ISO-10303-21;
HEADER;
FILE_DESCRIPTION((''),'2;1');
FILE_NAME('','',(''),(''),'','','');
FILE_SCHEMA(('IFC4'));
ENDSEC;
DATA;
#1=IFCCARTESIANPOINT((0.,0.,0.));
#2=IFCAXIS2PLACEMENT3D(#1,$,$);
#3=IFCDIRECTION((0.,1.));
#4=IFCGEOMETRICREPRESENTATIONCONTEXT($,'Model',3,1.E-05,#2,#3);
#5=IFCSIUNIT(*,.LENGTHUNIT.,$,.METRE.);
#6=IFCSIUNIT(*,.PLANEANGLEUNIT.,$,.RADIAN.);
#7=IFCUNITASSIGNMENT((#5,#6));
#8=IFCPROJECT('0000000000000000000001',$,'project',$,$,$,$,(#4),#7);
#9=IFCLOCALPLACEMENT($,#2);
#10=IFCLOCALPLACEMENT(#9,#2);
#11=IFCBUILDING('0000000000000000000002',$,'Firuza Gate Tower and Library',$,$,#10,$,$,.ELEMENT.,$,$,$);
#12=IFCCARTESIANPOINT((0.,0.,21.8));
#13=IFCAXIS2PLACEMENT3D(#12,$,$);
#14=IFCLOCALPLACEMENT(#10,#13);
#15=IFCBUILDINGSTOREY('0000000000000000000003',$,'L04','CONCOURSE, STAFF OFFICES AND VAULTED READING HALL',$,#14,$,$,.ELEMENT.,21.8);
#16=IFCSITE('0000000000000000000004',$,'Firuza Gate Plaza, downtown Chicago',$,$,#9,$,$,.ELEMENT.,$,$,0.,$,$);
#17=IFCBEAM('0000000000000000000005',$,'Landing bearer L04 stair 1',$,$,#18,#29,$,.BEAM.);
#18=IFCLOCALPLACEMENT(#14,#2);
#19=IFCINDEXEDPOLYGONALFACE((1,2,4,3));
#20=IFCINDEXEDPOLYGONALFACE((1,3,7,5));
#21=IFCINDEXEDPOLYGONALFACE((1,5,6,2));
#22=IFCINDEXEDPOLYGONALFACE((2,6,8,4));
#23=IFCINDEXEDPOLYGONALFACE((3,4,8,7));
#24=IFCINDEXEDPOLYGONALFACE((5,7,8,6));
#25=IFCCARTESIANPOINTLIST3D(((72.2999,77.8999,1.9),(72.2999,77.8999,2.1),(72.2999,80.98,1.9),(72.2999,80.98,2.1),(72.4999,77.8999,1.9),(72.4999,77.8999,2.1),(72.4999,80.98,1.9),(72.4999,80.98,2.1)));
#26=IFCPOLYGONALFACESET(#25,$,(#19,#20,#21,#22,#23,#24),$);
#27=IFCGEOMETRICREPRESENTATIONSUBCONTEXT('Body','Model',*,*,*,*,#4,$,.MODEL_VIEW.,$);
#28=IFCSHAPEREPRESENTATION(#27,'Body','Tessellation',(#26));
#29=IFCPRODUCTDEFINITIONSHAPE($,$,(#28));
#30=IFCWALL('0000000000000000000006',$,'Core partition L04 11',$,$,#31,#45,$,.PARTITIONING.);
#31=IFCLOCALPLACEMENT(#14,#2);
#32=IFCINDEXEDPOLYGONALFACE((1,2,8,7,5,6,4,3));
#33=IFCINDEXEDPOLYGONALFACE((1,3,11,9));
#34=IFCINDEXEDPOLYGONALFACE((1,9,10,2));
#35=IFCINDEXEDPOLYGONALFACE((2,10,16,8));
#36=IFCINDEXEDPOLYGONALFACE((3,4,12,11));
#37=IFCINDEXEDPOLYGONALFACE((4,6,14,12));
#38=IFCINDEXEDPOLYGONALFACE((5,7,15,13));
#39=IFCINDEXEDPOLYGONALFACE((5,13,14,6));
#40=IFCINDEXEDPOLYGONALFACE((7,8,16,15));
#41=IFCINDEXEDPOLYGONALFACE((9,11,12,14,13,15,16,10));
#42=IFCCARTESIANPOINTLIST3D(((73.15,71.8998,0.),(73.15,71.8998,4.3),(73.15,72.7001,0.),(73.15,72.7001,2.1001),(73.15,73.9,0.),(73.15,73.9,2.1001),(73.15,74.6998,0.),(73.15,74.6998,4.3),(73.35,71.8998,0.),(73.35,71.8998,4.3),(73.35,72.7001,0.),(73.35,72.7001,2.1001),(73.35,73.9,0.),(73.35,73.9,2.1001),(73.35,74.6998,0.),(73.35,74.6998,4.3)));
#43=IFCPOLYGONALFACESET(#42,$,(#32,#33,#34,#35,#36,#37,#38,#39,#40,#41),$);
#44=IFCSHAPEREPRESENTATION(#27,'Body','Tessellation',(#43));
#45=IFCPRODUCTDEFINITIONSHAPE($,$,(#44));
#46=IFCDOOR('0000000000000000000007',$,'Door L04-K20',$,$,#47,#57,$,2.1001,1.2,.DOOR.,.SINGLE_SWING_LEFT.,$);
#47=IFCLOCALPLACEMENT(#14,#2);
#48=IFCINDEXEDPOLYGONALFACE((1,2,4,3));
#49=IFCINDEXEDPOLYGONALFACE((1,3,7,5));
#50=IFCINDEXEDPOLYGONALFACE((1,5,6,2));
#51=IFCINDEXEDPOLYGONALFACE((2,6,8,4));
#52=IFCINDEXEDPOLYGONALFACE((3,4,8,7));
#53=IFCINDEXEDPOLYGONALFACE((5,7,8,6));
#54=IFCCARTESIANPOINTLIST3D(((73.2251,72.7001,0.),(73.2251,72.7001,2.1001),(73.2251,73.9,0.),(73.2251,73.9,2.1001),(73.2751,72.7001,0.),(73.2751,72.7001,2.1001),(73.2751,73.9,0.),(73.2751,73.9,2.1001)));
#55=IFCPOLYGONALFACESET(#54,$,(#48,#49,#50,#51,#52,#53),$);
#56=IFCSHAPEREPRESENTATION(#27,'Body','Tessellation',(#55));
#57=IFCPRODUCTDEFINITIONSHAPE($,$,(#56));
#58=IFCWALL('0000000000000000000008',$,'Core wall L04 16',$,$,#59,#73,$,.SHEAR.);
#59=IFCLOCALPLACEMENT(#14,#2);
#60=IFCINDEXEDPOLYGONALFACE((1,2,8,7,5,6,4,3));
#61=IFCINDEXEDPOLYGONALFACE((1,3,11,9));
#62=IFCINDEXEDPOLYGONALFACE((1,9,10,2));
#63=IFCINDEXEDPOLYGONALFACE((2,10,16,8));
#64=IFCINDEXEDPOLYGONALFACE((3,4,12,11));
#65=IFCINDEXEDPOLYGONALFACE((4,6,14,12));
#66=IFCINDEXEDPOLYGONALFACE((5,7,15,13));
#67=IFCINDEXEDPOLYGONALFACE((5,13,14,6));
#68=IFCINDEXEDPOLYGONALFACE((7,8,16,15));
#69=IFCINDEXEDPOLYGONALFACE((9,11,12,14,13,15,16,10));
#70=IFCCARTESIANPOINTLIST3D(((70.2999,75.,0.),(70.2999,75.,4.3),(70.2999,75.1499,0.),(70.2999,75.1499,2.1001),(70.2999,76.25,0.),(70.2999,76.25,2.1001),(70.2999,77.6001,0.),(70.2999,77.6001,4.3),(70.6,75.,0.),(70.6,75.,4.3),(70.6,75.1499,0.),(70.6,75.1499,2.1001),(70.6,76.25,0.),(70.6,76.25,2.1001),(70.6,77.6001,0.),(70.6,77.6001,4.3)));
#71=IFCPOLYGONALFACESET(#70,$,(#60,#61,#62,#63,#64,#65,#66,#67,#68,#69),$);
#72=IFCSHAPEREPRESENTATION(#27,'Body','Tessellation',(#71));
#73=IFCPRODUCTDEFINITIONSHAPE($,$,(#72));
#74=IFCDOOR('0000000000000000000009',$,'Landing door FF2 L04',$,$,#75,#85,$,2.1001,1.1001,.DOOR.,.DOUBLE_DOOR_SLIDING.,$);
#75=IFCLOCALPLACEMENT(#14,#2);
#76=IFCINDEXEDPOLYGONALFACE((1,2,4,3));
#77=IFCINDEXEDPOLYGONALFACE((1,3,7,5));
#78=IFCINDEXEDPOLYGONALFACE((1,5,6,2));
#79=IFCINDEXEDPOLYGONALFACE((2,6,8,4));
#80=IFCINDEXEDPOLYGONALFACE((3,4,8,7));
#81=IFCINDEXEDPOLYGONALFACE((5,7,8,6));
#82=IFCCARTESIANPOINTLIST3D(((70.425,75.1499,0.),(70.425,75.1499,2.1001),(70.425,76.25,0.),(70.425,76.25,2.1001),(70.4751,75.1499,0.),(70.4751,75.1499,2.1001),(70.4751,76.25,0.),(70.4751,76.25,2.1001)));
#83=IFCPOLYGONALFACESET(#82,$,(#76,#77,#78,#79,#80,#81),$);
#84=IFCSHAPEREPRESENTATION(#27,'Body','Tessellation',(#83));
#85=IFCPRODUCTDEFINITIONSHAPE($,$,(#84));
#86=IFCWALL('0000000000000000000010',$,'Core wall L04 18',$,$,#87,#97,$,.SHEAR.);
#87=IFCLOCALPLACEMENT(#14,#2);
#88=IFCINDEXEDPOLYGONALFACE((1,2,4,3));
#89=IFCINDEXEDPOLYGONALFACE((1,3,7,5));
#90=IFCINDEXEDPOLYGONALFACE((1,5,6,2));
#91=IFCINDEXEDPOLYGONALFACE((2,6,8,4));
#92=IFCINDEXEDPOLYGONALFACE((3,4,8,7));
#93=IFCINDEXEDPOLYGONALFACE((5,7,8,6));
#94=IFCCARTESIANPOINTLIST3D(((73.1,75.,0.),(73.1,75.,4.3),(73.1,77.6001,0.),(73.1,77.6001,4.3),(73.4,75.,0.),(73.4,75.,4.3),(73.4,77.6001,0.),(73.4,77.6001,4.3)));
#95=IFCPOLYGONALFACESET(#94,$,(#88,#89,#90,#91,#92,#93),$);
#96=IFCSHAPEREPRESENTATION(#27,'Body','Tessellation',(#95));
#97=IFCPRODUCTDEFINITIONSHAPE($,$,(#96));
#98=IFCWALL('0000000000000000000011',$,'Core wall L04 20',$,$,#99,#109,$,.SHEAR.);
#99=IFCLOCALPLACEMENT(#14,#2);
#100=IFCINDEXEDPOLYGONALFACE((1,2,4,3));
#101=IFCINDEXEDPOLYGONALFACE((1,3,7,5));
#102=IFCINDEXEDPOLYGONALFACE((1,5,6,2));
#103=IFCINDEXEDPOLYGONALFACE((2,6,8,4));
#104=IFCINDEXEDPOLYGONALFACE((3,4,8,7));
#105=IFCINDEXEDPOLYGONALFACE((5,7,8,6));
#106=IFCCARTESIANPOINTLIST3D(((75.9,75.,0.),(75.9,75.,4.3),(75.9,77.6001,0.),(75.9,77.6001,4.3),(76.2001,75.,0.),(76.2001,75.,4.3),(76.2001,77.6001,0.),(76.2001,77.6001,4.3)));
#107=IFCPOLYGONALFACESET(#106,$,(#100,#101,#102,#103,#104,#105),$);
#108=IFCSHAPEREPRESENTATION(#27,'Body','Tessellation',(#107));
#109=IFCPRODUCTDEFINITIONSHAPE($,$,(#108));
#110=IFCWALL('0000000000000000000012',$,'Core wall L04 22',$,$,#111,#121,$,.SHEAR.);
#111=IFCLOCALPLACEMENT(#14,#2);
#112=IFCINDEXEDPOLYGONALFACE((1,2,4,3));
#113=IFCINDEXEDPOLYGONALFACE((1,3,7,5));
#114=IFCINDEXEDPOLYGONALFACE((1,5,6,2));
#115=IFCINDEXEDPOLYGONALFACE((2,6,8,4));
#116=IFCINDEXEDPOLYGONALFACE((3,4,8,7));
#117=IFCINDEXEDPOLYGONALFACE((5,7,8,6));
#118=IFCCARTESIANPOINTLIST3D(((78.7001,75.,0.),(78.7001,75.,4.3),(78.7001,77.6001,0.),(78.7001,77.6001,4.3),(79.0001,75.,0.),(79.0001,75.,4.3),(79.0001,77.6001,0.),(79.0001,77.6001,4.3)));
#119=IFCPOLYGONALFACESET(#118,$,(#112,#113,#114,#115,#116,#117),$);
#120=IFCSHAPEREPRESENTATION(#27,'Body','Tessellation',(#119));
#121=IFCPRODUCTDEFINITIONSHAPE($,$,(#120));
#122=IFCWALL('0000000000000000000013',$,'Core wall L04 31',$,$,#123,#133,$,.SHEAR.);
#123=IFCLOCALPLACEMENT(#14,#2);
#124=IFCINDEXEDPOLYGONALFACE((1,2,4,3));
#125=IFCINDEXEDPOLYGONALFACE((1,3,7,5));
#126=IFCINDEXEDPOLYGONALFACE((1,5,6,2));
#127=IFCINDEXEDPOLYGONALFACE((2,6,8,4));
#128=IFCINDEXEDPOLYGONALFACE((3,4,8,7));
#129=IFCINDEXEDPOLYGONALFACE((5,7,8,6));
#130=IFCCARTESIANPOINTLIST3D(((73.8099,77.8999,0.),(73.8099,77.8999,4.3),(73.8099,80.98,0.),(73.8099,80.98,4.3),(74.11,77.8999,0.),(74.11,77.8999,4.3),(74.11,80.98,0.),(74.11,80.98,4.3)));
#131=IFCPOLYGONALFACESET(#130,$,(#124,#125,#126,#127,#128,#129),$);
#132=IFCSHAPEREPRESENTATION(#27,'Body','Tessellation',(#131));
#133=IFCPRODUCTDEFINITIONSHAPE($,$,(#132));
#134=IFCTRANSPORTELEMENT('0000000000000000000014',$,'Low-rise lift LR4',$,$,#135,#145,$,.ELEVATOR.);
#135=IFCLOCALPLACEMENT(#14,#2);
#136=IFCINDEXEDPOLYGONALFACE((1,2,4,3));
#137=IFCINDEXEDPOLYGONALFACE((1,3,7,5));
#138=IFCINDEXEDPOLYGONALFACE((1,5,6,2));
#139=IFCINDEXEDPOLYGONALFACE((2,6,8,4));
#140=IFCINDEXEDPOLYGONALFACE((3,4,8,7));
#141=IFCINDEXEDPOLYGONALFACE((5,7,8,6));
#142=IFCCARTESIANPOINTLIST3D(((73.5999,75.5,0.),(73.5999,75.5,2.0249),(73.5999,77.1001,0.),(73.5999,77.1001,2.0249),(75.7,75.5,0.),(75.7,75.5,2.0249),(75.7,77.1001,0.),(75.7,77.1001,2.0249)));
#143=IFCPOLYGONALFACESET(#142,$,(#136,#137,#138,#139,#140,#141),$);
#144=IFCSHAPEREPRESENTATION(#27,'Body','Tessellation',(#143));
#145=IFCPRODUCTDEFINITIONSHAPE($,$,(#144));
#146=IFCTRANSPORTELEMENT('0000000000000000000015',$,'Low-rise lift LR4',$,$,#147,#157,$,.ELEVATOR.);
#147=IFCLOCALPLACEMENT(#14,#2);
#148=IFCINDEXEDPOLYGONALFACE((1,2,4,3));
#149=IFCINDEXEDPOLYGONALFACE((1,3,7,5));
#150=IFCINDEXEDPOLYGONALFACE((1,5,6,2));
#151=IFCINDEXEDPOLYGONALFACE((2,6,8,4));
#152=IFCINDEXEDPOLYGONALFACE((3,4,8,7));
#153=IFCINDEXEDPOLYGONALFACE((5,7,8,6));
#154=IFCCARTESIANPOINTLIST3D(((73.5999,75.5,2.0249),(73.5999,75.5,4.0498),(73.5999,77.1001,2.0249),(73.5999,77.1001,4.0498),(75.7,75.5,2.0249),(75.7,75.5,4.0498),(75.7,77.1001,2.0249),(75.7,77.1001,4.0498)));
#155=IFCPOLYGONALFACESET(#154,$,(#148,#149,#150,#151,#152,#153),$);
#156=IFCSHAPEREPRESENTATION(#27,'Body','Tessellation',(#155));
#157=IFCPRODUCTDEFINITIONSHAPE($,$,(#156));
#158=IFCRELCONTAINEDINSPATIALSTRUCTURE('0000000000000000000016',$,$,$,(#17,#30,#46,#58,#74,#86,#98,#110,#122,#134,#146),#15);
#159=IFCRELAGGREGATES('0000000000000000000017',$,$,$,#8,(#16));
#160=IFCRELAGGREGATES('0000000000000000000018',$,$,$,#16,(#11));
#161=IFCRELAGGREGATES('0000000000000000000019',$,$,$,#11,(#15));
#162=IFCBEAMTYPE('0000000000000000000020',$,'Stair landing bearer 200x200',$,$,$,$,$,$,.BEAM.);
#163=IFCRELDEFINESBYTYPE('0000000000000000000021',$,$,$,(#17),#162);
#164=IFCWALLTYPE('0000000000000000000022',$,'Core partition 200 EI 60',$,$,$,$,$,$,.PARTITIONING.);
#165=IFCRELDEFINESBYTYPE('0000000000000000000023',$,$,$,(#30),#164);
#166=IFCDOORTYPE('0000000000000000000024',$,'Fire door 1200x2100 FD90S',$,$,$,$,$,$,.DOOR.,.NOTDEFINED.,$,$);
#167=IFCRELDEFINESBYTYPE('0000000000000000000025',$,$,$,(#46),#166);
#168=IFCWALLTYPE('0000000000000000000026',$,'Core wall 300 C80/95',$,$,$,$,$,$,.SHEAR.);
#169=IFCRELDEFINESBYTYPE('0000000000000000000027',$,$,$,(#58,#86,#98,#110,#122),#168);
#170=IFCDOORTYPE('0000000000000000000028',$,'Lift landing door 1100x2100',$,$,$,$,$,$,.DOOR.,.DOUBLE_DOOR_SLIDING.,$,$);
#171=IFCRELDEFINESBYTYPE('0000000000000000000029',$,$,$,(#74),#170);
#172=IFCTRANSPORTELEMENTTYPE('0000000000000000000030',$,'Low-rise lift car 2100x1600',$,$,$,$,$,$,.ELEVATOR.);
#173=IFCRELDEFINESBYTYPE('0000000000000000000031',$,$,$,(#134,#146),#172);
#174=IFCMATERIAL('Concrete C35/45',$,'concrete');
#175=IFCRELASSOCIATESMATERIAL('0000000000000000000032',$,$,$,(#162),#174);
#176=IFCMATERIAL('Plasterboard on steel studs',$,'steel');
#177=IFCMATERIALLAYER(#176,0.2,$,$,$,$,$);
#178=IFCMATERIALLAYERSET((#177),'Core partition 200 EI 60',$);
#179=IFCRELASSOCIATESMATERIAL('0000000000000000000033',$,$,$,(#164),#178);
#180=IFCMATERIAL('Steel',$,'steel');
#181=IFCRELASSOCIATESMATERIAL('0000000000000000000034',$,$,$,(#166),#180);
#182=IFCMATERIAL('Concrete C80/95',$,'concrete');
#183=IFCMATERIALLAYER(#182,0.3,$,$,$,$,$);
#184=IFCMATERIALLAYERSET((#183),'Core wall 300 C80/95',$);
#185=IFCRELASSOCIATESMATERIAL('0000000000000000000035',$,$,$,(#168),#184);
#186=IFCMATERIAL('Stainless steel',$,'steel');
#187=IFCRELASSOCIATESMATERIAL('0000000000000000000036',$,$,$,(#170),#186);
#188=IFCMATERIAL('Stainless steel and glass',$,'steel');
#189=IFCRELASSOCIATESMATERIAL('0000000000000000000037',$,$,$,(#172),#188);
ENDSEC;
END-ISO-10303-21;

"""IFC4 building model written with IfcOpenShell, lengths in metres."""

from ifc_helpers import new_model, si_unit, direction, frame, frame_2d, origin, origin_2d, place, context, subcontext, project, spatial, rectangle, extrude, material, layer, layer_set, material_profile, profile_set, type_object, element, fill, save


model = new_model("IFC4")

# Units and contexts
model_context = context("Model", 3, precision=1e-05, world=origin(), true_north=direction((0.0, 1.0)))
body_context = subcontext(model_context, "Body", "Model", "MODEL_VIEW")
ifc_project = project(units=[si_unit("LENGTHUNIT", "METRE"), si_unit("PLANEANGLEUNIT", "RADIAN")], contexts=[model_context])

# Site, building, storey
site_placement = place(None, origin())
site = spatial("IfcSite", under=ifc_project, at=site_placement, Name="Firuza Gate Plaza, downtown Chicago", CompositionType="ELEMENT", RefElevation=0.0)
building_placement = place(site_placement, origin())
building = spatial("IfcBuilding", under=site, at=building_placement, Name="Firuza Gate Tower and Library", CompositionType="ELEMENT")
storey_placement = place(building_placement, frame((0.0, 0.0, 21.8)))
storey = spatial("IfcBuildingStorey", under=building, at=storey_placement, Name="L04", Description="CONCOURSE, STAFF OFFICES AND VAULTED READING HALL", CompositionType="ELEMENT", Elevation=21.8)

# Beam
ifc_material_1 = material(Name="Concrete C35/45", Category="concrete")
ifc_material_profile = material_profile(ifc_material_1, rectangle(XDim=0.2, YDim=0.2, at=origin_2d()))
ifc_profile_set = profile_set([ifc_material_profile], Name="Concrete C35/45")
beam_type = type_object("IfcBeamType", Name="Stair landing bearer 200x200", PredefinedType="BEAM", material=ifc_profile_set)
beam_placement = place(storey_placement, frame((72.3999, 77.8999, 2.0), z_axis=(0.0, 1.0, 0.0), x_axis=(-1.0, 0.0, 0.0)))
element("IfcBeam", 1, at=beam_placement, inside=storey, type_object=beam_type, Name="Landing bearer L04 stair 1", PredefinedType="BEAM", context=body_context, shape_type="SweptSolid", body=[
    extrude(rectangle(XDim=0.2, YDim=0.2, at=origin_2d()), origin(), (0.0, 0.0, 1.0), 3.0801),
])

# Walls, openings, doors
ifc_material_2 = material(Name="Plasterboard on steel studs", Category="steel")
ifc_layer_1 = layer(ifc_material_2, 0.2)
ifc_layer_set_1 = layer_set([ifc_layer_1], Name="Core partition 200 EI 60")
wall_type_1 = type_object("IfcWallType", Name="Core partition 200 EI 60", PredefinedType="PARTITIONING", material=ifc_layer_set_1)
wall_1_placement = place(storey_placement, frame((73.25, 71.8999, 0.0), z_axis=(0.0, 0.0, 1.0), x_axis=(0.0, 1.0, 0.0)))
wall_1 = element("IfcWall", 2, at=wall_1_placement, inside=storey, type_object=wall_type_1, Name="Core partition L04 11", PredefinedType="PARTITIONING", context=body_context, shape_type="SweptSolid", body=[
    extrude(rectangle(XDim=2.8, YDim=0.2, at=frame_2d((1.3999, 0.0))), origin(), (0.0, 0.0, 1.0), 4.3),
])
opening_1_placement = place(wall_1_placement, frame((0.8, 0.0, 0.0)))
opening_1 = element("IfcOpeningElement", 3, at=opening_1_placement, cuts=wall_1, PredefinedType="OPENING", context=body_context, shape_type="SweptSolid", body=[
    extrude(rectangle(XDim=1.2, YDim=2.1001, at=frame_2d((0.6001, 1.05))), frame((0.0, 0.1099, 0.0), z_axis=(0.0, -1.0, 0.0), x_axis=(1.0, 0.0, 0.0)), (0.0, 0.0, 1.0), 0.22),
])
ifc_material_3 = material(Name="Steel", Category="steel")
door_type_1 = type_object("IfcDoorType", Name="Fire door 1200x2100 FD90S", OperationType="NOTDEFINED", PredefinedType="DOOR", material=ifc_material_3)
door_1_placement = place(opening_1_placement, origin())
door_1 = element("IfcDoor", 4, at=door_1_placement, inside=storey, type_object=door_type_1, Name="Door L04-K20", OperationType="SINGLE_SWING_LEFT", OverallHeight=2.1001, OverallWidth=1.2, PredefinedType="DOOR", context=body_context, shape_type="SweptSolid", body=[
    extrude(rectangle(XDim=1.2, YDim=2.1001, at=frame_2d((0.6001, 1.05))), frame((0.0, 0.0249, 0.0), z_axis=(0.0, -1.0, 0.0), x_axis=(1.0, 0.0, 0.0)), (0.0, 0.0, 1.0), 0.05),
])
fill(opening_1, door_1)
ifc_material_4 = material(Name="Concrete C80/95", Category="concrete")
ifc_layer_2 = layer(ifc_material_4, 0.3)
ifc_layer_set_2 = layer_set([ifc_layer_2], Name="Core wall 300 C80/95")
wall_type_2 = type_object("IfcWallType", Name="Core wall 300 C80/95", PredefinedType="SHEAR", material=ifc_layer_set_2)
wall_2_placement = place(storey_placement, frame((70.45, 75.0, 0.0), z_axis=(0.0, 0.0, 1.0), x_axis=(0.0, 1.0, 0.0)))
wall_2 = element("IfcWall", 5, at=wall_2_placement, inside=storey, type_object=wall_type_2, Name="Core wall L04 16", PredefinedType="SHEAR", context=body_context, shape_type="SweptSolid", body=[
    extrude(rectangle(XDim=2.6001, YDim=0.3, at=frame_2d((1.3, 0.0))), origin(), (0.0, 0.0, 1.0), 4.3),
])
opening_2_placement = place(wall_2_placement, frame((0.1499, 0.0, 0.0)))
opening_2 = element("IfcOpeningElement", 6, at=opening_2_placement, cuts=wall_2, PredefinedType="OPENING", context=body_context, shape_type="SweptSolid", body=[
    extrude(rectangle(XDim=1.1001, YDim=2.1001, at=frame_2d((0.55, 1.05))), frame((0.0, 0.1602, 0.0), z_axis=(0.0, -1.0, 0.0), x_axis=(1.0, 0.0, 0.0)), (0.0, 0.0, 1.0), 0.3201),
])
ifc_material_5 = material(Name="Stainless steel", Category="steel")
door_type_2 = type_object("IfcDoorType", Name="Lift landing door 1100x2100", OperationType="DOUBLE_DOOR_SLIDING", PredefinedType="DOOR", material=ifc_material_5)
door_2_placement = place(opening_2_placement, origin())
door_2 = element("IfcDoor", 7, at=door_2_placement, inside=storey, type_object=door_type_2, Name="Landing door FF2 L04", OperationType="DOUBLE_DOOR_SLIDING", OverallHeight=2.1001, OverallWidth=1.1001, PredefinedType="DOOR", context=body_context, shape_type="SweptSolid", body=[
    extrude(rectangle(XDim=1.1001, YDim=2.1001, at=frame_2d((0.55, 1.05))), frame((0.0, 0.0249, 0.0), z_axis=(0.0, -1.0, 0.0), x_axis=(1.0, 0.0, 0.0)), (0.0, 0.0, 1.0), 0.05),
])
fill(opening_2, door_2)

# Walls
for number, where, z_axis, x_axis, name in (
    (8, (73.25, 75.0, 0.0), (0.0, 0.0, 1.0), (0.0, 1.0, 0.0), "Core wall L04 18"),
    (9, (76.05, 75.0, 0.0), (0.0, 0.0, 1.0), (0.0, 1.0, 0.0), "Core wall L04 20"),
    (10, (78.8501, 75.0, 0.0), (0.0, 0.0, 1.0), (0.0, 1.0, 0.0), "Core wall L04 22"),
):
    element("IfcWall", number, at=place(storey_placement, frame(where, z_axis=z_axis, x_axis=x_axis)), inside=storey, type_object=wall_type_2, Name=name, PredefinedType="SHEAR", context=body_context, shape_type="SweptSolid", body=[
        extrude(rectangle(XDim=2.6001, YDim=0.3, at=frame_2d((1.3, 0.0))), origin(), (0.0, 0.0, 1.0), 4.3),
    ])
wall_3_placement = place(storey_placement, frame((73.96, 77.8999, 0.0), z_axis=(0.0, 0.0, 1.0), x_axis=(0.0, 1.0, 0.0)))
element("IfcWall", 11, at=wall_3_placement, inside=storey, type_object=wall_type_2, Name="Core wall L04 31", PredefinedType="SHEAR", context=body_context, shape_type="SweptSolid", body=[
    extrude(rectangle(XDim=3.0801, YDim=0.3, at=frame_2d((1.54, 0.0))), origin(), (0.0, 0.0, 1.0), 4.3),
])

# Transport elements
ifc_material_6 = material(Name="Stainless steel and glass", Category="steel")
transport_element_type = type_object("IfcTransportElementType", Name="Low-rise lift car 2100x1600", PredefinedType="ELEVATOR", material=ifc_material_6)
for number, where, z_axis, x_axis, name in (
    (12, (74.6499, 76.3, 0.0), (0.0, 0.0, 1.0), (1.0, 0.0, 0.0), "Low-rise lift LR4"),
    (13, (74.6499, 76.3, 2.0249), (0.0, 0.0, 1.0), (1.0, 0.0, 0.0), "Low-rise lift LR4"),
):
    element("IfcTransportElement", number, at=place(storey_placement, frame(where, z_axis=z_axis, x_axis=x_axis)), inside=storey, type_object=transport_element_type, Name=name, PredefinedType="ELEVATOR", context=body_context, shape_type="SweptSolid", body=[
        extrude(rectangle(XDim=2.1001, YDim=1.6001, at=origin_2d()), origin(), (0.0, 0.0, 1.0), 2.0249),
    ])

save(model, "model.ifc")
